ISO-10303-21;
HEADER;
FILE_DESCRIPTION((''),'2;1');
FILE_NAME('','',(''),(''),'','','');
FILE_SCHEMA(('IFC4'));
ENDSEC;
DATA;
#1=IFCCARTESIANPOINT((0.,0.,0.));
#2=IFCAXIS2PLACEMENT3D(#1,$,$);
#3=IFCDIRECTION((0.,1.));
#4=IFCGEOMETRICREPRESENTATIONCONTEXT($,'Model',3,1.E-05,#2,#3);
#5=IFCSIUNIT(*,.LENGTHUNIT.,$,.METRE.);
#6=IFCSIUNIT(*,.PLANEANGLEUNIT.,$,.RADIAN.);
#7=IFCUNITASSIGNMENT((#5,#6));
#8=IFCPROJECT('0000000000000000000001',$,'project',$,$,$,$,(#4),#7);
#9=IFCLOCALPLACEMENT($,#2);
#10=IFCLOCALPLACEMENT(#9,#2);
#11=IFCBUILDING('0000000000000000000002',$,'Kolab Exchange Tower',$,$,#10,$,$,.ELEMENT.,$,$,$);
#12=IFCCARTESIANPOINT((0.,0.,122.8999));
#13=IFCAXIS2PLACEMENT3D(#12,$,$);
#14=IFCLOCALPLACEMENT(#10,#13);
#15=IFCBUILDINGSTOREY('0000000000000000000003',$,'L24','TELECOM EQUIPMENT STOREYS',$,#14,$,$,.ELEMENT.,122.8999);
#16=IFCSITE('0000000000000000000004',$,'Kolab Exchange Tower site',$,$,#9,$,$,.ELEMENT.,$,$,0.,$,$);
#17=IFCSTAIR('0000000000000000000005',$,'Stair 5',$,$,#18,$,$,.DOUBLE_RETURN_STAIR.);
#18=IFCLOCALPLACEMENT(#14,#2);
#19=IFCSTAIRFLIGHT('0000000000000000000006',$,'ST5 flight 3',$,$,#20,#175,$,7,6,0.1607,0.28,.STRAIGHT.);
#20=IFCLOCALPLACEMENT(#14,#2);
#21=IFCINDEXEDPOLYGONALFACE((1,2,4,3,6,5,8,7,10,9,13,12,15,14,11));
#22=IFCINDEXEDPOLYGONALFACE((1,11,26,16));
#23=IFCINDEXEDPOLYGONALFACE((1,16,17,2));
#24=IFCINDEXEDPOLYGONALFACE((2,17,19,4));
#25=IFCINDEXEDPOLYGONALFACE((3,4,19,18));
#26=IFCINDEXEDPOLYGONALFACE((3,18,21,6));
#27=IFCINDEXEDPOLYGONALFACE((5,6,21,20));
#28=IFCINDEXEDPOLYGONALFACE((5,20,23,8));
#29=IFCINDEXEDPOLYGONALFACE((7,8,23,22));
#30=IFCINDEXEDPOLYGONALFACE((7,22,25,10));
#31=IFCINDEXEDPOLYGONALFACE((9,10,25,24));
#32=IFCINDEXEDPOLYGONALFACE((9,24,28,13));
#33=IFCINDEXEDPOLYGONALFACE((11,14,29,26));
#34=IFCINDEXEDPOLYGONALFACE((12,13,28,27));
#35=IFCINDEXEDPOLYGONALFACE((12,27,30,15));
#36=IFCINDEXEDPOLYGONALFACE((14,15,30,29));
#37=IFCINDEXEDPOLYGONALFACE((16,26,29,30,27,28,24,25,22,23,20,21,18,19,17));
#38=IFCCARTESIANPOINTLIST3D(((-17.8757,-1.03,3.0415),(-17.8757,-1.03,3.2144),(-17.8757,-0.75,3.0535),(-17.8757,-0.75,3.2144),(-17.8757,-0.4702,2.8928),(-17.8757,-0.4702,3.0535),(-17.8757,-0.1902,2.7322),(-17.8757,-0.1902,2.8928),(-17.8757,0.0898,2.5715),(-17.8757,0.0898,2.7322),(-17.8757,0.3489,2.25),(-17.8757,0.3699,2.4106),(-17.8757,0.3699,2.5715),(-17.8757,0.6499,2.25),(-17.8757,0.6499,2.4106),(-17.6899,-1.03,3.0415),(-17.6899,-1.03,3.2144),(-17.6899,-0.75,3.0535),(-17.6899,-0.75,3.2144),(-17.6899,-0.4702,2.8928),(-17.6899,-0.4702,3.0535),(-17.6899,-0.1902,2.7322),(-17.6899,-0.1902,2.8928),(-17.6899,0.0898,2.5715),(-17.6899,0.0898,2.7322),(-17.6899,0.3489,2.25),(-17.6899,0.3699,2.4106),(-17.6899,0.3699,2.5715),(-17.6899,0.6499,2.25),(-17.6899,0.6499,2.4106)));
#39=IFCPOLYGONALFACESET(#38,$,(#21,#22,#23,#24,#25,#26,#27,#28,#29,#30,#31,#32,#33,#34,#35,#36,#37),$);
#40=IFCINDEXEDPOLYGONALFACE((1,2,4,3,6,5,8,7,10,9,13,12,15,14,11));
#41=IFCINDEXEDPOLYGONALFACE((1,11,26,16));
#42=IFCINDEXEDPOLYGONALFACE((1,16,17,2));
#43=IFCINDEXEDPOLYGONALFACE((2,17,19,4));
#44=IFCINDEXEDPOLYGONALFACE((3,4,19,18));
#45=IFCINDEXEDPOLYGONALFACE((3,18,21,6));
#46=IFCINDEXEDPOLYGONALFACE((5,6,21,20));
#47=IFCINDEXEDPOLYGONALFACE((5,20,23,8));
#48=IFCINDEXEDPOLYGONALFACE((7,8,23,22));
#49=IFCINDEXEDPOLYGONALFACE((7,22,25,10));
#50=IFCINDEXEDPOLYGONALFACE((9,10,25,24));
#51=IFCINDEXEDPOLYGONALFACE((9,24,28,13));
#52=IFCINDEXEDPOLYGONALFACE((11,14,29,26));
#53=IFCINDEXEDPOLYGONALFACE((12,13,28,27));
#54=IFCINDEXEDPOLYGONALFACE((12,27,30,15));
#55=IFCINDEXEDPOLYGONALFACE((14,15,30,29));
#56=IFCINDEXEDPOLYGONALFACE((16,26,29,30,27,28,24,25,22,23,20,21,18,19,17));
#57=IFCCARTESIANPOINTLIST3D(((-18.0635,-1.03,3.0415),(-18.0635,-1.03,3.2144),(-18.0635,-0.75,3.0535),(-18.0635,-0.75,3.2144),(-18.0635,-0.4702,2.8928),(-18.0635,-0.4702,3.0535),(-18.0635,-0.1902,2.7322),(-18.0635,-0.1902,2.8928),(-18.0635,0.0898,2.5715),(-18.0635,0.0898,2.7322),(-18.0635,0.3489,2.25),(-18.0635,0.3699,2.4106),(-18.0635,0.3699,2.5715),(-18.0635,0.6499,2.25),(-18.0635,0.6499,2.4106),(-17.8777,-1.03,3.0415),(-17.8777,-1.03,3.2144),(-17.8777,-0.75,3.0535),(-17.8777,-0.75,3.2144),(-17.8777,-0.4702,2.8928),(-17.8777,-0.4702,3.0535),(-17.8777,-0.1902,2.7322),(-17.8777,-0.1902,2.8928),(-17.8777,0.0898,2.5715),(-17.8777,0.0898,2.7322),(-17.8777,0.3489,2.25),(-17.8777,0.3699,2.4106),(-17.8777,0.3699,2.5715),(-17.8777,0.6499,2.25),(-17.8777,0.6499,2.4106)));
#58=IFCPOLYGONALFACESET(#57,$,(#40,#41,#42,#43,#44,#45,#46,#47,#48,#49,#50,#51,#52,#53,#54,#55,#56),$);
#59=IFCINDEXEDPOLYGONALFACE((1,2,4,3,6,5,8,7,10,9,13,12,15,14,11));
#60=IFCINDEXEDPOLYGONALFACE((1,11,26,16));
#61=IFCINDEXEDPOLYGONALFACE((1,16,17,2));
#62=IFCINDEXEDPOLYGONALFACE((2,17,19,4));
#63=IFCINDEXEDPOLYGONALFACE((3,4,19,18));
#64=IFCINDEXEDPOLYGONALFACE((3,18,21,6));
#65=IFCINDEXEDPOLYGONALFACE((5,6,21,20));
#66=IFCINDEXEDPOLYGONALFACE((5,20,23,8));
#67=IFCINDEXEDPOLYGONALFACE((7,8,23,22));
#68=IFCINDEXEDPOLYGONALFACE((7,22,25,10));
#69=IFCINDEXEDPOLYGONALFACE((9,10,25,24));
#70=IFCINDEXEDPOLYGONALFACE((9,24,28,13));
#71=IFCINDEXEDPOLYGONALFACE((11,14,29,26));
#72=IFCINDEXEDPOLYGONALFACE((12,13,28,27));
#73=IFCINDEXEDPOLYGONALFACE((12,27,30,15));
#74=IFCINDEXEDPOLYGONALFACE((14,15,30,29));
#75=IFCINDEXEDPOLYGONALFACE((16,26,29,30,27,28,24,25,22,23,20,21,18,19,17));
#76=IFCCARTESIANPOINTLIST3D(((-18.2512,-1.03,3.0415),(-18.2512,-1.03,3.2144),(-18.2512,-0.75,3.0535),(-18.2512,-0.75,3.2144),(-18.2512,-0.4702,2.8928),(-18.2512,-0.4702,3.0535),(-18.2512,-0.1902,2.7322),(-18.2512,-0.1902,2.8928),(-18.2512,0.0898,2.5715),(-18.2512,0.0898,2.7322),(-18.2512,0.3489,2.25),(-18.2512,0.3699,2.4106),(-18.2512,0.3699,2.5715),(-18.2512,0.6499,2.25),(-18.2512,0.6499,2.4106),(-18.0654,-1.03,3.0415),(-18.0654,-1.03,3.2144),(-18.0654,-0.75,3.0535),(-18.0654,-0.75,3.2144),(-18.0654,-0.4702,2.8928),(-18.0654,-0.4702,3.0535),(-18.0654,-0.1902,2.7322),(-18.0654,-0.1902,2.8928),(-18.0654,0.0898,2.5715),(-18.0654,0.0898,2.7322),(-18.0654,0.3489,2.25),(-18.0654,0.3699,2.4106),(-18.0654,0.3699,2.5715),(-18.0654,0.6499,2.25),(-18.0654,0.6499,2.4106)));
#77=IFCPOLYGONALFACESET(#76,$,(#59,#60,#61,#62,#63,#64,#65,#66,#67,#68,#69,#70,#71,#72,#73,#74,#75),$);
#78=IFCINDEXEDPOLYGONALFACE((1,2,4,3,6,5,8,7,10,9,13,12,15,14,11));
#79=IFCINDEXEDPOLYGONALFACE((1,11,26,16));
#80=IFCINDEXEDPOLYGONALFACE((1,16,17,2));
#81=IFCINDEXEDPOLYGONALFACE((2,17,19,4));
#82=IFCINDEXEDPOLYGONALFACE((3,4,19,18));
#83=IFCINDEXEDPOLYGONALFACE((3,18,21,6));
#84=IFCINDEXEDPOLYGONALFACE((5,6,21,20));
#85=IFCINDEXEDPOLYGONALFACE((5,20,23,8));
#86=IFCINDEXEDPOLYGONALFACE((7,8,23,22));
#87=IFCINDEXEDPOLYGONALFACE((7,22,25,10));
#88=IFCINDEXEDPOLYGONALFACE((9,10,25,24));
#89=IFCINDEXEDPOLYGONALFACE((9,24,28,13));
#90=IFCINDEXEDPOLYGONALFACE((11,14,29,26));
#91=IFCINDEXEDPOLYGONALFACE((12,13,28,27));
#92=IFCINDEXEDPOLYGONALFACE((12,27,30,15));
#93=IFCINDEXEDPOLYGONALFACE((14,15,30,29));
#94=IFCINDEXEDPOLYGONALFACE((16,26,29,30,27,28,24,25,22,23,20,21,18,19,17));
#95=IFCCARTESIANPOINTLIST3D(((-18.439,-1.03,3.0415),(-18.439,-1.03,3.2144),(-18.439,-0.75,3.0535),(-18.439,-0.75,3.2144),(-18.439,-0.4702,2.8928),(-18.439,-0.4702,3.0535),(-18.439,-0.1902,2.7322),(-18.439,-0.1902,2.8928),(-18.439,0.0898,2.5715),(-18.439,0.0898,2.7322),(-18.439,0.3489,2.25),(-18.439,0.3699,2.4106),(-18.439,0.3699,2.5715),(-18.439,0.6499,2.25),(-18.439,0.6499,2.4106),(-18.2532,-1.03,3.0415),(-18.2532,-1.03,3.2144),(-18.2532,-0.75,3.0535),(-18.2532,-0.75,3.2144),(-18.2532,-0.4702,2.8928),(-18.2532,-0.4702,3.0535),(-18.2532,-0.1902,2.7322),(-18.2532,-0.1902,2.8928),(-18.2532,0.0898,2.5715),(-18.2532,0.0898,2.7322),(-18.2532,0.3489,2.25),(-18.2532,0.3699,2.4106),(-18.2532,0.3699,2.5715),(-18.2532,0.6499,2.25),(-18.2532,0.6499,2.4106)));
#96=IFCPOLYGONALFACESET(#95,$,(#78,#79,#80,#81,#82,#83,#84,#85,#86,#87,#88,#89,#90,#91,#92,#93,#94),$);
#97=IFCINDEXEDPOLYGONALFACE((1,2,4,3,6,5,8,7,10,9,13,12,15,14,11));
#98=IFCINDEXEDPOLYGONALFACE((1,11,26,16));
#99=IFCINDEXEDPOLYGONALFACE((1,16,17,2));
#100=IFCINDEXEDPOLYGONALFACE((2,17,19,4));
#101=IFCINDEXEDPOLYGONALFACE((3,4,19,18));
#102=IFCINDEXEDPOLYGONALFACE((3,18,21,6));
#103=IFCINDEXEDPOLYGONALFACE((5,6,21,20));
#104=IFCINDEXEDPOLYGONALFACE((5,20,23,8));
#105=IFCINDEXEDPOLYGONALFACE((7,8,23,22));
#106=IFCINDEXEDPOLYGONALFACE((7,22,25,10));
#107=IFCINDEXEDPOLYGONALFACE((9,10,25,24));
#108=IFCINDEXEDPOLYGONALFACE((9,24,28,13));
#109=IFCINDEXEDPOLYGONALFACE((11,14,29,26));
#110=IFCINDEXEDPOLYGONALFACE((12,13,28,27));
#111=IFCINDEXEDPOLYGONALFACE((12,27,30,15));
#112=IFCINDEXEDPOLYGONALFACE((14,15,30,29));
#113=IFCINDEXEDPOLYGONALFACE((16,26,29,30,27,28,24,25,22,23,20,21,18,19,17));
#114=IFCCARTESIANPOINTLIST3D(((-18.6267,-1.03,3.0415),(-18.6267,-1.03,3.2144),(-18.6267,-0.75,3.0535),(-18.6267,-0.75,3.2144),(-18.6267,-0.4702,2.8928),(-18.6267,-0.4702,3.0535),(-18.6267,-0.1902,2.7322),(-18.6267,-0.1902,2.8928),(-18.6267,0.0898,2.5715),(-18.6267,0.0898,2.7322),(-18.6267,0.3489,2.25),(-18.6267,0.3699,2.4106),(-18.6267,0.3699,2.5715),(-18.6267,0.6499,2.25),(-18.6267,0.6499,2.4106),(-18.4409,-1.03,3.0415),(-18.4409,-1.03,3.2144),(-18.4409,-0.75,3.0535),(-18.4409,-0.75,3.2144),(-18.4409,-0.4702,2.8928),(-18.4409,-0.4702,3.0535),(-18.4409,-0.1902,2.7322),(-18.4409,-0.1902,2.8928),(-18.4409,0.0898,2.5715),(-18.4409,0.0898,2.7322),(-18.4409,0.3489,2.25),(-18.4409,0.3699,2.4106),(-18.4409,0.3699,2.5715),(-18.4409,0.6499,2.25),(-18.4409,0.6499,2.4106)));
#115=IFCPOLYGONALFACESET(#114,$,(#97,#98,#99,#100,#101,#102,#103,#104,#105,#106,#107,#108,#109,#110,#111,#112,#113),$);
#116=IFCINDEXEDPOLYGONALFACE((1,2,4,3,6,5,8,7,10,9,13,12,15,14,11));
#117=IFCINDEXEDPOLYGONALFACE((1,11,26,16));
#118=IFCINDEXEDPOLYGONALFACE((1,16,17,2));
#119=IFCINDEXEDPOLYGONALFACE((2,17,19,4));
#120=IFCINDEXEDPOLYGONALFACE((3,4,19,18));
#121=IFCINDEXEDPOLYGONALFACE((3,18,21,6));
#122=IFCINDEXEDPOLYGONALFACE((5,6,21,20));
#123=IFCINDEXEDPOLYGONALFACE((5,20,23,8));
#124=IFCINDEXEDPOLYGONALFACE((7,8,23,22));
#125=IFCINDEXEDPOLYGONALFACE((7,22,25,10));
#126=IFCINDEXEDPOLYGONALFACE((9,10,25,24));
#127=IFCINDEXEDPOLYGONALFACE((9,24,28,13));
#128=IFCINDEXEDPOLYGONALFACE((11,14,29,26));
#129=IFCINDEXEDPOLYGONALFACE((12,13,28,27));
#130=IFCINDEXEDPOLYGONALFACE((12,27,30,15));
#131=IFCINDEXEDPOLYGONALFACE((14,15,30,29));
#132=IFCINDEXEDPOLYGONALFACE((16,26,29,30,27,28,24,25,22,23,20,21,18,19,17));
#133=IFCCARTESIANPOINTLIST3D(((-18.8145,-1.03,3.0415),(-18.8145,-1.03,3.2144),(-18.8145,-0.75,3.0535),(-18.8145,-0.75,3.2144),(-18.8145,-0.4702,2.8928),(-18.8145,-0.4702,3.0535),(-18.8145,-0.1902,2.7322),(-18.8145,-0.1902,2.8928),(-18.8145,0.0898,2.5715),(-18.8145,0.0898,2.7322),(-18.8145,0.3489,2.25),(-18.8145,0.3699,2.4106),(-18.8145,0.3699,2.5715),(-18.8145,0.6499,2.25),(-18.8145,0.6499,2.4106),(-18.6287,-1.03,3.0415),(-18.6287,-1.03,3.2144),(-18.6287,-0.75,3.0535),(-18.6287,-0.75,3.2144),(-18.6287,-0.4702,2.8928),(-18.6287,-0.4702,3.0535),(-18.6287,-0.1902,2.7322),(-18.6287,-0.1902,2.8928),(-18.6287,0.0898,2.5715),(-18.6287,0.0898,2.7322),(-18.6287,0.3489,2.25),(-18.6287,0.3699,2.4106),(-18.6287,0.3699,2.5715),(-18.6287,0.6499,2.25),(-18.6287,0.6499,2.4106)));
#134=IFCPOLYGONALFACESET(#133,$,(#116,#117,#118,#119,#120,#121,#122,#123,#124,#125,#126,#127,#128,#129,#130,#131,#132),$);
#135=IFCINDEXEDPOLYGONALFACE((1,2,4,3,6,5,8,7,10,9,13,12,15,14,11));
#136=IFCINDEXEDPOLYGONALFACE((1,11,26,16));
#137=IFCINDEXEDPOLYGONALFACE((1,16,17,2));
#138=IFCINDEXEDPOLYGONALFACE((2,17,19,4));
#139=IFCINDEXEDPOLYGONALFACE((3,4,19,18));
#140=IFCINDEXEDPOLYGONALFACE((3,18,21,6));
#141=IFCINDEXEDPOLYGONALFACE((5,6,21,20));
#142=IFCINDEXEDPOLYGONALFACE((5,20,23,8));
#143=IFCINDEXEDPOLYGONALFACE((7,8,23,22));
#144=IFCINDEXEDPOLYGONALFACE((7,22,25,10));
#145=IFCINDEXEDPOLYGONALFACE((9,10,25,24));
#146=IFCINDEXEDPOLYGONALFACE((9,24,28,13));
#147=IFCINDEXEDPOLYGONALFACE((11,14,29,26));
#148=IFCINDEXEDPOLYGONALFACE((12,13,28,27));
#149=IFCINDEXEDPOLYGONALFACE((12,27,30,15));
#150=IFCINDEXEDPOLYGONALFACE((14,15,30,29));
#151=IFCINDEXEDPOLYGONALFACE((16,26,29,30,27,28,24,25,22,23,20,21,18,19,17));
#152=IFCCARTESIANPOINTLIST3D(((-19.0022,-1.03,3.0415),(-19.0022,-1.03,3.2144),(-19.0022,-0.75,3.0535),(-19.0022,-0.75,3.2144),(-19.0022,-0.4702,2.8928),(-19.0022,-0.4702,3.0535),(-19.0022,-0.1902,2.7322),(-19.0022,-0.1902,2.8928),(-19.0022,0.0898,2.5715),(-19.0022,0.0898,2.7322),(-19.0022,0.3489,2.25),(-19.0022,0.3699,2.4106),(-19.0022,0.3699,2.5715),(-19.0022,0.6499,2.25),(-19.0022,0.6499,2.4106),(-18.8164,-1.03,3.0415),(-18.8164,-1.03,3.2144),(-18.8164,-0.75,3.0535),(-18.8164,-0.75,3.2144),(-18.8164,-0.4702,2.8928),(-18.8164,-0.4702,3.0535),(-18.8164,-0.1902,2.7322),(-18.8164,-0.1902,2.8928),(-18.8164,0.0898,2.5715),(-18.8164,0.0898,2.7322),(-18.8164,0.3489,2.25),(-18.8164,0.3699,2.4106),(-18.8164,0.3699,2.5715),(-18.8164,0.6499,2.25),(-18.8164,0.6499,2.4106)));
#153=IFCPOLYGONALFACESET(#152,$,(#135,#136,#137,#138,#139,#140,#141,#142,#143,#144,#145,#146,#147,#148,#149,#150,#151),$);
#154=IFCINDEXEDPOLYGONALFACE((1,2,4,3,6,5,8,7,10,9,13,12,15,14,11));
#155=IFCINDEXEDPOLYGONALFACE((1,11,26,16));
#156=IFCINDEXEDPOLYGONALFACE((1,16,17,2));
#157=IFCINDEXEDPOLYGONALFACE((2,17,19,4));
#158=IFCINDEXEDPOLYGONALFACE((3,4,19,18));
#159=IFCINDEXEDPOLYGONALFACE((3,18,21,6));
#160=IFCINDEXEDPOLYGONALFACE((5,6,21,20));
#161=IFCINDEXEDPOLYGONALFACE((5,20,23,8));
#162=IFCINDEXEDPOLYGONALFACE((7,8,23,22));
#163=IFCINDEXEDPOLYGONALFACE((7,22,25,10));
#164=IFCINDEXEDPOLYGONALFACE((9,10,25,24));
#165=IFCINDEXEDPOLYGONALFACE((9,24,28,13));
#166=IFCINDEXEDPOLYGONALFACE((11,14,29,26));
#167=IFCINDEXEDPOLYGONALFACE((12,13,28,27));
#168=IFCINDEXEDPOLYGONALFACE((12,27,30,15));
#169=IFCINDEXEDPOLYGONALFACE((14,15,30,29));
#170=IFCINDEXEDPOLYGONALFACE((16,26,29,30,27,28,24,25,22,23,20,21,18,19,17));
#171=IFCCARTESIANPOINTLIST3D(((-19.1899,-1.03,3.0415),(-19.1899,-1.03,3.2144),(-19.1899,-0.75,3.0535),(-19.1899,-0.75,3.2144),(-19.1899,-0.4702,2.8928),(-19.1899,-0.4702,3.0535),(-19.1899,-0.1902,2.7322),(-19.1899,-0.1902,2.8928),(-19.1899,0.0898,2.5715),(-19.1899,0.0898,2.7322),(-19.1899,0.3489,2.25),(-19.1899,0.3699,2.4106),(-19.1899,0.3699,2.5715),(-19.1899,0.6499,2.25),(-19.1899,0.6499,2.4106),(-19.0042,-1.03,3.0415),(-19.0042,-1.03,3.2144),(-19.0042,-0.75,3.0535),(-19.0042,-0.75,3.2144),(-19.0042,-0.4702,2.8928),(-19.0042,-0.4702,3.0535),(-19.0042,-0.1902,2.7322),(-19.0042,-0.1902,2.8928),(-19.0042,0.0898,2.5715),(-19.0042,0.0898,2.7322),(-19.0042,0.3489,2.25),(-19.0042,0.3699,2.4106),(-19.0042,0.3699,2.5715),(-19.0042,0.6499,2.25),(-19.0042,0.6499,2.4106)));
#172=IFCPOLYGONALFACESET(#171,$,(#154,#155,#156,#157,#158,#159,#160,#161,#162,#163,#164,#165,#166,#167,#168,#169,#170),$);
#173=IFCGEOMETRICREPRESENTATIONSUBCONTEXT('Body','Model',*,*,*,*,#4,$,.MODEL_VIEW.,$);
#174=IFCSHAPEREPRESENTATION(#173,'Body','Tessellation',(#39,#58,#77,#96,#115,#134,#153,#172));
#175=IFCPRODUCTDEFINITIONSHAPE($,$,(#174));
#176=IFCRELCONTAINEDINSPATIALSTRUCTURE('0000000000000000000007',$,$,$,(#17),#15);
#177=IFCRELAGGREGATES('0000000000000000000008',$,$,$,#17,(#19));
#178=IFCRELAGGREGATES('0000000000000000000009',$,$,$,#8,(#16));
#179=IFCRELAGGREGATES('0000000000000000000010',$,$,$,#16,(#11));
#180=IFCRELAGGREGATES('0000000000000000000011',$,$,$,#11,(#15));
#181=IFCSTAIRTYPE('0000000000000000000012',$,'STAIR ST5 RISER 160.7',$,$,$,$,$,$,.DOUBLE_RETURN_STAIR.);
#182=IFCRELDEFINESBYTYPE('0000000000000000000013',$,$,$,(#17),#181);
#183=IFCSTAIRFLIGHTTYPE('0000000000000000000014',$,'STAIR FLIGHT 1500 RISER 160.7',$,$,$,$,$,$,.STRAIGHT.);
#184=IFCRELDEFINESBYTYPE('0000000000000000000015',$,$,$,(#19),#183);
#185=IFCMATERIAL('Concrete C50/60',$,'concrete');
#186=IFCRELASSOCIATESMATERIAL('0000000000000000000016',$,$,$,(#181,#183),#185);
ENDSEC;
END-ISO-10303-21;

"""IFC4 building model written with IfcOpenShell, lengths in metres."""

from ifc_helpers import new_model, si_unit, direction, frame, origin, place, context, subcontext, project, spatial, polyline, outline, extrude, material, type_object, element, aggregate, save


model = new_model("IFC4")

# Units and contexts
model_context = context("Model", 3, precision=1e-05, world=origin(), true_north=direction((0.0, 1.0)))
body_context = subcontext(model_context, "Body", "Model", "MODEL_VIEW")
ifc_project = project(units=[si_unit("LENGTHUNIT", "METRE"), si_unit("PLANEANGLEUNIT", "RADIAN")], contexts=[model_context])

# Site, building, storey
site_placement = place(None, origin())
site = spatial("IfcSite", under=ifc_project, at=site_placement, Name="Kolab Exchange Tower site", CompositionType="ELEMENT", RefElevation=0.0)
building_placement = place(site_placement, origin())
building = spatial("IfcBuilding", under=site, at=building_placement, Name="Kolab Exchange Tower", CompositionType="ELEMENT")
storey_placement = place(building_placement, frame((0.0, 0.0, 122.8999)))
storey = spatial("IfcBuildingStorey", under=building, at=storey_placement, Name="L24", Description="TELECOM EQUIPMENT STOREYS", CompositionType="ELEMENT", Elevation=122.8999)

# Shared definitions
ifc_material_1 = material(Name="Concrete C50/60", Category="concrete")

# Stair, stair flight
stair_type = type_object("IfcStairType", Name="STAIR ST5 RISER 160.7", PredefinedType="DOUBLE_RETURN_STAIR", material=ifc_material_1)
stair_placement = place(storey_placement, origin())
stair = element("IfcStair", 1, at=stair_placement, inside=storey, type_object=stair_type, Name="Stair 5", PredefinedType="DOUBLE_RETURN_STAIR")
stair_flight_type = type_object("IfcStairFlightType", Name="STAIR FLIGHT 1500 RISER 160.7", PredefinedType="STRAIGHT", material=ifc_material_1)
stair_flight_1_placement = place(storey_placement, frame((-18.4399, 0.6499, 2.25), z_axis=(0.0, 0.0, 1.0), x_axis=(0.0, -1.0, 0.0)))
stair_flight_1 = element("IfcStairFlight", 2, at=stair_flight_1_placement, type_object=stair_flight_type, Name="ST5 flight 3", NumberOfRisers=7, NumberOfTreads=6, PredefinedType="STRAIGHT", RiserHeight=0.1607, TreadLength=0.28, context=body_context, shape_type="SweptSolid", body=[
    extrude(outline(polyline([(0.0, 0.0), (0.0, 0.1606), (0.28, 0.1606), (0.28, 0.3215), (0.5601, 0.3215), (0.5601, 0.4822), (0.8401, 0.4822), (0.8401, 0.6428), (1.1201, 0.6428), (1.1201, 0.8035), (1.3999, 0.8035), (1.3999, 0.9644), (1.6799, 0.9644), (1.6799, 1.125), (1.6799, 0.7915), (0.301, 0.0), (0.0, 0.0)])), frame((0.0, 0.75, 0.0), z_axis=(0.0, -1.0, 0.0), x_axis=(1.0, 0.0, 0.0)), (0.0, 0.0, 1.0), 0.1858),
    extrude(outline(polyline([(0.0, 0.0), (0.0, 0.1606), (0.28, 0.1606), (0.28, 0.3215), (0.5601, 0.3215), (0.5601, 0.4822), (0.8401, 0.4822), (0.8401, 0.6428), (1.1201, 0.6428), (1.1201, 0.8035), (1.3999, 0.8035), (1.3999, 0.9644), (1.6799, 0.9644), (1.6799, 1.125), (1.6799, 0.7915), (0.301, 0.0), (0.0, 0.0)])), frame((0.0, 0.5623, 0.0), z_axis=(0.0, -1.0, 0.0), x_axis=(1.0, 0.0, 0.0)), (0.0, 0.0, 1.0), 0.1858),
    extrude(outline(polyline([(0.0, 0.0), (0.0, 0.1606), (0.28, 0.1606), (0.28, 0.3215), (0.5601, 0.3215), (0.5601, 0.4822), (0.8401, 0.4822), (0.8401, 0.6428), (1.1201, 0.6428), (1.1201, 0.8035), (1.3999, 0.8035), (1.3999, 0.9644), (1.6799, 0.9644), (1.6799, 1.125), (1.6799, 0.7915), (0.301, 0.0), (0.0, 0.0)])), frame((0.0, 0.3745, 0.0), z_axis=(0.0, -1.0, 0.0), x_axis=(1.0, 0.0, 0.0)), (0.0, 0.0, 1.0), 0.1858),
    extrude(outline(polyline([(0.0, 0.0), (0.0, 0.1606), (0.28, 0.1606), (0.28, 0.3215), (0.5601, 0.3215), (0.5601, 0.4822), (0.8401, 0.4822), (0.8401, 0.6428), (1.1201, 0.6428), (1.1201, 0.8035), (1.3999, 0.8035), (1.3999, 0.9644), (1.6799, 0.9644), (1.6799, 1.125), (1.6799, 0.7915), (0.301, 0.0), (0.0, 0.0)])), frame((0.0, 0.1868, 0.0), z_axis=(0.0, -1.0, 0.0), x_axis=(1.0, 0.0, 0.0)), (0.0, 0.0, 1.0), 0.1858),
    extrude(outline(polyline([(0.0, 0.0), (0.0, 0.1606), (0.28, 0.1606), (0.28, 0.3215), (0.5601, 0.3215), (0.5601, 0.4822), (0.8401, 0.4822), (0.8401, 0.6428), (1.1201, 0.6428), (1.1201, 0.8035), (1.3999, 0.8035), (1.3999, 0.9644), (1.6799, 0.9644), (1.6799, 1.125), (1.6799, 0.7915), (0.301, 0.0), (0.0, 0.0)])), frame((0.0, -0.001, 0.0), z_axis=(0.0, -1.0, 0.0), x_axis=(1.0, 0.0, 0.0)), (0.0, 0.0, 1.0), 0.1858),
    extrude(outline(polyline([(0.0, 0.0), (0.0, 0.1606), (0.28, 0.1606), (0.28, 0.3215), (0.5601, 0.3215), (0.5601, 0.4822), (0.8401, 0.4822), (0.8401, 0.6428), (1.1201, 0.6428), (1.1201, 0.8035), (1.3999, 0.8035), (1.3999, 0.9644), (1.6799, 0.9644), (1.6799, 1.125), (1.6799, 0.7915), (0.301, 0.0), (0.0, 0.0)])), frame((0.0, -0.1887, 0.0), z_axis=(0.0, -1.0, 0.0), x_axis=(1.0, 0.0, 0.0)), (0.0, 0.0, 1.0), 0.1858),
    extrude(outline(polyline([(0.0, 0.0), (0.0, 0.1606), (0.28, 0.1606), (0.28, 0.3215), (0.5601, 0.3215), (0.5601, 0.4822), (0.8401, 0.4822), (0.8401, 0.6428), (1.1201, 0.6428), (1.1201, 0.8035), (1.3999, 0.8035), (1.3999, 0.9644), (1.6799, 0.9644), (1.6799, 1.125), (1.6799, 0.7915), (0.301, 0.0), (0.0, 0.0)])), frame((0.0, -0.3765, 0.0), z_axis=(0.0, -1.0, 0.0), x_axis=(1.0, 0.0, 0.0)), (0.0, 0.0, 1.0), 0.1858),
    extrude(outline(polyline([(0.0, 0.0), (0.0, 0.1606), (0.28, 0.1606), (0.28, 0.3215), (0.5601, 0.3215), (0.5601, 0.4822), (0.8401, 0.4822), (0.8401, 0.6428), (1.1201, 0.6428), (1.1201, 0.8035), (1.3999, 0.8035), (1.3999, 0.9644), (1.6799, 0.9644), (1.6799, 1.125), (1.6799, 0.7915), (0.301, 0.0), (0.0, 0.0)])), frame((0.0, -0.5642, 0.0), z_axis=(0.0, -1.0, 0.0), x_axis=(1.0, 0.0, 0.0)), (0.0, 0.0, 1.0), 0.1858),
])
aggregate(stair, [stair_flight_1])

save(model, "model.ifc")
